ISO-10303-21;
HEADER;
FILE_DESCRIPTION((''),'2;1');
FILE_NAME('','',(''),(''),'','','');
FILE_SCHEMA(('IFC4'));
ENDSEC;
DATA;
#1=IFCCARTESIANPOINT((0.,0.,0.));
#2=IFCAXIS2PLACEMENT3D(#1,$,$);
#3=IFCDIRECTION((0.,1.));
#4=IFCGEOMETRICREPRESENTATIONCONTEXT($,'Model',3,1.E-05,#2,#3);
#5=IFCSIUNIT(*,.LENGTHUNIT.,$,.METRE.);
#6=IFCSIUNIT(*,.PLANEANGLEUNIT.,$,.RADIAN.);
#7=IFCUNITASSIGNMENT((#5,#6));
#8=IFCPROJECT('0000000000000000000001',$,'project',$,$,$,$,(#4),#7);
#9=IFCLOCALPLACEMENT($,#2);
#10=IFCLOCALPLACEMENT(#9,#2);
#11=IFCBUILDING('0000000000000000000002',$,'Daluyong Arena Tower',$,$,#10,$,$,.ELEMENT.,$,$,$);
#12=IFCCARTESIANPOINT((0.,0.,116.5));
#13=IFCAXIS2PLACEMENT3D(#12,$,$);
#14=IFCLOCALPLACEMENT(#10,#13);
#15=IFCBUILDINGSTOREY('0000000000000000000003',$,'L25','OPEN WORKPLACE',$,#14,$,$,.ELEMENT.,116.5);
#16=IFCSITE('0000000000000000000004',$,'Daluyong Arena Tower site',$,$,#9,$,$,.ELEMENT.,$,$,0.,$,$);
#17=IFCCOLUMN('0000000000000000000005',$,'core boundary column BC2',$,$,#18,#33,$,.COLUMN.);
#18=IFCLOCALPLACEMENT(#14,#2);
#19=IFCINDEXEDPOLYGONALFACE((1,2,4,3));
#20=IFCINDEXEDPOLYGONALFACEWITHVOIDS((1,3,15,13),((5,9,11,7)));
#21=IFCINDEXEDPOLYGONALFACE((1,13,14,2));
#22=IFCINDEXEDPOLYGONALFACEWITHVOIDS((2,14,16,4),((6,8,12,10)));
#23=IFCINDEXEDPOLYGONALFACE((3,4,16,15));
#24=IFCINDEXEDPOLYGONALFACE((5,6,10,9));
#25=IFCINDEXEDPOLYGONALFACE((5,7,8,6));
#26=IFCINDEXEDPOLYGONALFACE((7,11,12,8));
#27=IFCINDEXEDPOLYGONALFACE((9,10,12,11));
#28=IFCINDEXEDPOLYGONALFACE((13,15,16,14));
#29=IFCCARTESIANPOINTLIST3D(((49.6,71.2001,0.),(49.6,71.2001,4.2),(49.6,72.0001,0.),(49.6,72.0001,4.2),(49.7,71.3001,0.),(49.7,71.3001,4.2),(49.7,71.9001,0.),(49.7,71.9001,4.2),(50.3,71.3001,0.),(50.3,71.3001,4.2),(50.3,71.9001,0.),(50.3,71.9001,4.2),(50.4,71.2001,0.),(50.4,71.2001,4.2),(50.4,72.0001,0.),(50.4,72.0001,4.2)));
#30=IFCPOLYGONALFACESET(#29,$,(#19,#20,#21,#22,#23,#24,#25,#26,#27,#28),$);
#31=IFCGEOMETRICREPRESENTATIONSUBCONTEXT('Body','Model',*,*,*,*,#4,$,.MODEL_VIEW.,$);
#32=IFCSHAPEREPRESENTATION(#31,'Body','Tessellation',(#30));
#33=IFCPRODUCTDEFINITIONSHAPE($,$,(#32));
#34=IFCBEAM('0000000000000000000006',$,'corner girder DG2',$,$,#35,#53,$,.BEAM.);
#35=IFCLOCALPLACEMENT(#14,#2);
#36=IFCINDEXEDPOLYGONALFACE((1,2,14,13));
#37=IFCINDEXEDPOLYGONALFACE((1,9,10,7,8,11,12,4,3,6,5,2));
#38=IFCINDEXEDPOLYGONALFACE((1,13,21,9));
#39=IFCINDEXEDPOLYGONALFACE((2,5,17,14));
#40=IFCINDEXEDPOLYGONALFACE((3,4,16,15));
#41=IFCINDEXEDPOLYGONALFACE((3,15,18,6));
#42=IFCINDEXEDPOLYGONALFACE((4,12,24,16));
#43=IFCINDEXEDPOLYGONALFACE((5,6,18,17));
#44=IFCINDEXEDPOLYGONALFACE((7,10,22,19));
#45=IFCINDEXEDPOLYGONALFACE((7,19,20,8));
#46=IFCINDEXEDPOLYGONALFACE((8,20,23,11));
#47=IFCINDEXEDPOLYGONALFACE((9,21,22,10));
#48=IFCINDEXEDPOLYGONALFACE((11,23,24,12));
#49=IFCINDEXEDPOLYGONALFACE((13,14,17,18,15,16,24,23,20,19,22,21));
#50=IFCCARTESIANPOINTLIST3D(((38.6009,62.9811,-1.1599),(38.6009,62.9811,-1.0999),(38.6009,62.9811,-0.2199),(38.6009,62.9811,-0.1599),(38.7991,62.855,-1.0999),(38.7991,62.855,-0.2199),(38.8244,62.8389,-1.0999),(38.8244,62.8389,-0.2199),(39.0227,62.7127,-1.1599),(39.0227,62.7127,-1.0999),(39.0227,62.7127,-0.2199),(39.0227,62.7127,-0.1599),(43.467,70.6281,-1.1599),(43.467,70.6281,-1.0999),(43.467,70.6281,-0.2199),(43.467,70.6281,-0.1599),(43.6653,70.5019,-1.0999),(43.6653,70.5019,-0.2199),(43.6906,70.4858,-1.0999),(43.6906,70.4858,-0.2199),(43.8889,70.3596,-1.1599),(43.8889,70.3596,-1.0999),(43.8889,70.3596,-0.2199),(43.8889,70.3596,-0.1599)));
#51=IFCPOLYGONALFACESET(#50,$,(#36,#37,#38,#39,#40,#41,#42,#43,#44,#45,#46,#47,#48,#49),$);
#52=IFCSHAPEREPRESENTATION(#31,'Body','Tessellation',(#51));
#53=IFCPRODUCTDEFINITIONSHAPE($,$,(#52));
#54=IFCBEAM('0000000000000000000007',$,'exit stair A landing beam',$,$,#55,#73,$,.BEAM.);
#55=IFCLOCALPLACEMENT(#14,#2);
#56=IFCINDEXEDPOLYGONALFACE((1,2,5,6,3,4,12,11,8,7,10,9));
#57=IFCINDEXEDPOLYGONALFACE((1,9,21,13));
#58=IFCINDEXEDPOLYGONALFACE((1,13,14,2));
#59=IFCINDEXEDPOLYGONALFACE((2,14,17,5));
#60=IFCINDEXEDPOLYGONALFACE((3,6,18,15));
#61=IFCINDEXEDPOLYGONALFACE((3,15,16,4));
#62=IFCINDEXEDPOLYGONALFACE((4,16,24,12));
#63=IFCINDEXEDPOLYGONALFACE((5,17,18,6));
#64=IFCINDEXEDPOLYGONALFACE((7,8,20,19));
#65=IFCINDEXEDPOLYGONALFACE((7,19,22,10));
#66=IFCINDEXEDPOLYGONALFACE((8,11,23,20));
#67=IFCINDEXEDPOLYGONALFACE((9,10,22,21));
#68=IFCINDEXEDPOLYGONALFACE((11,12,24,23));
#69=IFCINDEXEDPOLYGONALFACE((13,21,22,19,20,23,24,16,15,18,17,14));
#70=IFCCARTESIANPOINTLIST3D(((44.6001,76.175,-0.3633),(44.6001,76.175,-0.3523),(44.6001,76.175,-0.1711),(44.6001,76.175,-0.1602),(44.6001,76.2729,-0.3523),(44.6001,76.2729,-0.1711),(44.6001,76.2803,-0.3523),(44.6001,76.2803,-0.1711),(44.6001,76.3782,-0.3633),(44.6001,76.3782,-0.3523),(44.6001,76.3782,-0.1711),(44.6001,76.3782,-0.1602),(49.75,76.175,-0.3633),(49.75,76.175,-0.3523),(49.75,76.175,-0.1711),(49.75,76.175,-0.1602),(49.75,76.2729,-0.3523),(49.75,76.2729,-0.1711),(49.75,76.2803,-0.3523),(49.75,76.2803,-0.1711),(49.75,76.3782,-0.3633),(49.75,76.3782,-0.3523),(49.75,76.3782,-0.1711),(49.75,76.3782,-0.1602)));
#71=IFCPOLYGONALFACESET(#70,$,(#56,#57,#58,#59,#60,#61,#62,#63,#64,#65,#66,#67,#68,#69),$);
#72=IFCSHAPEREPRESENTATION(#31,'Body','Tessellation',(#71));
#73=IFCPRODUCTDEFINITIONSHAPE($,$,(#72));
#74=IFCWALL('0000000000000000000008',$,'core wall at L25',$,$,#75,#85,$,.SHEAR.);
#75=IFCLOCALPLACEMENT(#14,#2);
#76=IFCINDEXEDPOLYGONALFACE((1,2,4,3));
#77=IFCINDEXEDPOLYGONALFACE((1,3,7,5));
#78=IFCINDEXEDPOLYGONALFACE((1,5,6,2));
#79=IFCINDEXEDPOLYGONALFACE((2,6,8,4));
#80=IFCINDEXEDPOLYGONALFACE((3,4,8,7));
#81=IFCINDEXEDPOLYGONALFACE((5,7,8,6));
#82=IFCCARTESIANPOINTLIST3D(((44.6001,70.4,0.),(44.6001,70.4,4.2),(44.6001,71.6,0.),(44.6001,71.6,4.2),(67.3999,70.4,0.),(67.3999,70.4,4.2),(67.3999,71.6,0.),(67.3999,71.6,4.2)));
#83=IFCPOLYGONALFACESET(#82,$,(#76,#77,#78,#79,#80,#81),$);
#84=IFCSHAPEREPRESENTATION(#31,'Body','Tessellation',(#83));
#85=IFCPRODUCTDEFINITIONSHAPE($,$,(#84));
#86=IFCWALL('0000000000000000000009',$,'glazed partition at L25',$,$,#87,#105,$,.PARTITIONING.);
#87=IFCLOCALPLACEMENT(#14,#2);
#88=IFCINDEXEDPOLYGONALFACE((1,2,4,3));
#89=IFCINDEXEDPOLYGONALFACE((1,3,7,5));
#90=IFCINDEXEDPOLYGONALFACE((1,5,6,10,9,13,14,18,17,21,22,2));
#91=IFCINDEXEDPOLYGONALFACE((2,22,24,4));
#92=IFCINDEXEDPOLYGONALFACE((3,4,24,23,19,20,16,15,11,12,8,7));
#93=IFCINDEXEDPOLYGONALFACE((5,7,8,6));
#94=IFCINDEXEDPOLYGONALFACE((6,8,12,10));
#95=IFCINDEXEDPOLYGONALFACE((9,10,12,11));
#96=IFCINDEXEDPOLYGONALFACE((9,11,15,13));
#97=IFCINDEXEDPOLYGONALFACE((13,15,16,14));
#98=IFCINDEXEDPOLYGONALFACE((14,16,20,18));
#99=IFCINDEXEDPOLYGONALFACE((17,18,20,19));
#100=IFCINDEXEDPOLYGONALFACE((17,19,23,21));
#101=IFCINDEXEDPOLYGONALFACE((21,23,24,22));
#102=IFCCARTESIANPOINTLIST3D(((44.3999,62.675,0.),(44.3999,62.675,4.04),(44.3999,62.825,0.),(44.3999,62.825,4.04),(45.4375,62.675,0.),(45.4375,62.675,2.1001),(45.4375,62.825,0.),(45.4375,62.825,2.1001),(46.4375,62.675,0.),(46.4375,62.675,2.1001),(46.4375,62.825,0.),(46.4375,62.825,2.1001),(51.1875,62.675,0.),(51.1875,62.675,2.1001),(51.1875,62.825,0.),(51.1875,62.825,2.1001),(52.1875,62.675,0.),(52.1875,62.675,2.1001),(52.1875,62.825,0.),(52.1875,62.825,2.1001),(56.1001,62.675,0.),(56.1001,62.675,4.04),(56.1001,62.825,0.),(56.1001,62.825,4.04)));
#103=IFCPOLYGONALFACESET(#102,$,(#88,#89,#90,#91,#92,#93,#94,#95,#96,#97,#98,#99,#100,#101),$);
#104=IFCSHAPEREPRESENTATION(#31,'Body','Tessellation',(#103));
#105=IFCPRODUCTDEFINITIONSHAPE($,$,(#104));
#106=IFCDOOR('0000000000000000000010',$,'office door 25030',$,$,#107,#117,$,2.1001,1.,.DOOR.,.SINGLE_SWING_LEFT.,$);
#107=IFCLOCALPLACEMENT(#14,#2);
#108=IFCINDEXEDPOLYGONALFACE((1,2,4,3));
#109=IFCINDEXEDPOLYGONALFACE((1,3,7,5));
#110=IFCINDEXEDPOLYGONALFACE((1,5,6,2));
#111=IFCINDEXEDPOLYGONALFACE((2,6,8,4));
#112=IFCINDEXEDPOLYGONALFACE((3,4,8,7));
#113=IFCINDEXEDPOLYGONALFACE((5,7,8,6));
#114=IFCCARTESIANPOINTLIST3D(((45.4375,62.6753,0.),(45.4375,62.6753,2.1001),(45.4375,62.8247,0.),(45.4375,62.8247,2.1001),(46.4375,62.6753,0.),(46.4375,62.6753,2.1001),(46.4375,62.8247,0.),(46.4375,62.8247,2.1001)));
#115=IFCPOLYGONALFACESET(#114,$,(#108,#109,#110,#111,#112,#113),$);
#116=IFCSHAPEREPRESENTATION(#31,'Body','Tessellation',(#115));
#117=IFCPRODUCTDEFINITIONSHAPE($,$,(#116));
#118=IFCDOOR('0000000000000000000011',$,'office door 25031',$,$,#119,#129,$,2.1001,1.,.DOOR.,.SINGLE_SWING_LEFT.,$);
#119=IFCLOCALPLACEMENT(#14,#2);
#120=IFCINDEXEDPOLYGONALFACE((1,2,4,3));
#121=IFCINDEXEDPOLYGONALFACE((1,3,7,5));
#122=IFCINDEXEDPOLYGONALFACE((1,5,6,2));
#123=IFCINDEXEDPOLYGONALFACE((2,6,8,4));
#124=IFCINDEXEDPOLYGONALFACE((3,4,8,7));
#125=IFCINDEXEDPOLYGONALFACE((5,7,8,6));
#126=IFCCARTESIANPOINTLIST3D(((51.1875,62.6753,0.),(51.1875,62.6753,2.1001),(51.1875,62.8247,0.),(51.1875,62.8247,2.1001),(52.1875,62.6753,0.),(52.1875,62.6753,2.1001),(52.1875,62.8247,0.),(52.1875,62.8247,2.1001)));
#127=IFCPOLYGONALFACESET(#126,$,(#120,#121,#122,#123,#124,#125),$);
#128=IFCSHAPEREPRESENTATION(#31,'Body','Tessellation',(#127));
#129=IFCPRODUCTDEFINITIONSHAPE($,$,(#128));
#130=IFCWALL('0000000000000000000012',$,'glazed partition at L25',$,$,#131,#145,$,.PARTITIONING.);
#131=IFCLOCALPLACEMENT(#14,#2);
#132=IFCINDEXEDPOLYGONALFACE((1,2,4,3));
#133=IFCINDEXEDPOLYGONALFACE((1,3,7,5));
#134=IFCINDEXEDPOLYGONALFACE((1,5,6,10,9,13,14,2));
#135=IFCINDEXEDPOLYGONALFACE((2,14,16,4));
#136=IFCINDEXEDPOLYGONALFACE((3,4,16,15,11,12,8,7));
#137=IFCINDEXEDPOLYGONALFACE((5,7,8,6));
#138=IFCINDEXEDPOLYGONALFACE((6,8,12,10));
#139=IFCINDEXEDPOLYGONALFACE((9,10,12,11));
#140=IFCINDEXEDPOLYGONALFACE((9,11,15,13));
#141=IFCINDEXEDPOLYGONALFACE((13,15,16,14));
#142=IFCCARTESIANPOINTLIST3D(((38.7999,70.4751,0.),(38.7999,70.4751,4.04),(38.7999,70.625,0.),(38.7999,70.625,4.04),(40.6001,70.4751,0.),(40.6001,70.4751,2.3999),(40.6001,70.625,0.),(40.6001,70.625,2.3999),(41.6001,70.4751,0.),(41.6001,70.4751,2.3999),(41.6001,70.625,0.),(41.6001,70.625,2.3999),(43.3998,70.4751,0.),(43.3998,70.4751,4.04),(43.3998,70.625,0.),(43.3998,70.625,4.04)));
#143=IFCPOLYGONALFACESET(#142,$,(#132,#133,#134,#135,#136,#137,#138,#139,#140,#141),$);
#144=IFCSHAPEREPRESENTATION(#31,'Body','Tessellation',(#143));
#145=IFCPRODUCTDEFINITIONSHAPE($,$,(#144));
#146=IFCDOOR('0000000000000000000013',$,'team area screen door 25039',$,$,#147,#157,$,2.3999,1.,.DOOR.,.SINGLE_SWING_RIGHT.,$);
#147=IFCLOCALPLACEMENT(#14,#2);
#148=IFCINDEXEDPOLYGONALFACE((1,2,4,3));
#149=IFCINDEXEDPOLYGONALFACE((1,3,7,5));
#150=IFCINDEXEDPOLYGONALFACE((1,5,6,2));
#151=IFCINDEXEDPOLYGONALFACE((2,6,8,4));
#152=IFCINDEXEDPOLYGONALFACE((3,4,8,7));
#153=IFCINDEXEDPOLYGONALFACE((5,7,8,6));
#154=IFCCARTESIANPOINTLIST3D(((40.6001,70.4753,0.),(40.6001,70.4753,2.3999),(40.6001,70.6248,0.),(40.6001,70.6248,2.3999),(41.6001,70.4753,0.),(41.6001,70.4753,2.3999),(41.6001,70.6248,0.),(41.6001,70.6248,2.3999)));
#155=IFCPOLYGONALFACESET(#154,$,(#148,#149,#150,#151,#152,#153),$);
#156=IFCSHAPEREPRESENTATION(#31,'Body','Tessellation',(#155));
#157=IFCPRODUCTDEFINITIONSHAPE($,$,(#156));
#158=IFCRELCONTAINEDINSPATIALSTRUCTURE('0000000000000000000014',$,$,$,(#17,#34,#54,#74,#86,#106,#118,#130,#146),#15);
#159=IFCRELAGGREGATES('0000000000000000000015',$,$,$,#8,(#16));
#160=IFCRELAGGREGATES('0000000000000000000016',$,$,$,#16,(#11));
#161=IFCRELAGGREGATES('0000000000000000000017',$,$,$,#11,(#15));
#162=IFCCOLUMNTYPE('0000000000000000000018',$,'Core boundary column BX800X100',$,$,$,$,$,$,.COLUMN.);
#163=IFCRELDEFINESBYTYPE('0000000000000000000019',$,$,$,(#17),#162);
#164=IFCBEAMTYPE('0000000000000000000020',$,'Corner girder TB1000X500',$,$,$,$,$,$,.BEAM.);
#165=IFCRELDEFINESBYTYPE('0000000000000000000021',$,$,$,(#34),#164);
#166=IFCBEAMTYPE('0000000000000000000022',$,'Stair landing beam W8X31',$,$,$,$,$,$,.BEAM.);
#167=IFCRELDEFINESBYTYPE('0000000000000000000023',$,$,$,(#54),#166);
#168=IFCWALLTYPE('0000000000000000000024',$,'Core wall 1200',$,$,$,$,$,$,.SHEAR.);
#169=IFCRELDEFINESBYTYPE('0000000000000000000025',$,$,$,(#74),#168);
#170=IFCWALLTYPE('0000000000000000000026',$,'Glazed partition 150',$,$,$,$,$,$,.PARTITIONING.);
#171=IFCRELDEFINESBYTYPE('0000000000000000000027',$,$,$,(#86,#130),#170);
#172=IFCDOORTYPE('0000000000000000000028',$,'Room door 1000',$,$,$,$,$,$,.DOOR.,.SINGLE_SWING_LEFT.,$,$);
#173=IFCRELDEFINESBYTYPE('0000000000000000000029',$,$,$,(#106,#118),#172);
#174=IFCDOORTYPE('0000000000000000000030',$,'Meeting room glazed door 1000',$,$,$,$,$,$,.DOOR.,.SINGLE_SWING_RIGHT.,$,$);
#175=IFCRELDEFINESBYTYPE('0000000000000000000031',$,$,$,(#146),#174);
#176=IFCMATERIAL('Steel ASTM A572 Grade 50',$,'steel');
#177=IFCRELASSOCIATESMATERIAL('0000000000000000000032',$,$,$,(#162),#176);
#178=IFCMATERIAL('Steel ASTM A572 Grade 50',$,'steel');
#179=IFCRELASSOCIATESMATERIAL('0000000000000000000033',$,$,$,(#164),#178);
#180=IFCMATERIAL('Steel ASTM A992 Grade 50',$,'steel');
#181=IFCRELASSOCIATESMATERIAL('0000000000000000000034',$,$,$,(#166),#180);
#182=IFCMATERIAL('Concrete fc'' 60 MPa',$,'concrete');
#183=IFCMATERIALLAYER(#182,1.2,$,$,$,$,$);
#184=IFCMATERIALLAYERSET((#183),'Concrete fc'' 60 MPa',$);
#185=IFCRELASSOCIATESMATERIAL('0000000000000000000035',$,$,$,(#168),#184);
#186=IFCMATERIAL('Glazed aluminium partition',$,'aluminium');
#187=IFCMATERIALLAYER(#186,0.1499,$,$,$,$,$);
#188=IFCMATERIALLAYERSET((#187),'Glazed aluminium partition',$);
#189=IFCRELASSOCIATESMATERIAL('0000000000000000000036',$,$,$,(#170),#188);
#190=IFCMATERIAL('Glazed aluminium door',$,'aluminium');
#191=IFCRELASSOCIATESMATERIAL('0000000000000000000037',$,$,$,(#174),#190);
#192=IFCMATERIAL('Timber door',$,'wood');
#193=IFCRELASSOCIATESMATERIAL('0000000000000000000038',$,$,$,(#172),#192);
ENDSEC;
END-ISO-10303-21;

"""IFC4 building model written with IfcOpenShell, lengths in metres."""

from ifc_helpers import new_model, si_unit, direction, frame, frame_2d, origin, origin_2d, place, context, subcontext, project, spatial, rectangle, hollow_rectangle, i_section, extrude, material, layer, layer_set, material_profile, profile_set, type_object, element, fill, save


model = new_model("IFC4")

# Units and contexts
model_context = context("Model", 3, precision=1e-05, world=origin(), true_north=direction((0.0, 1.0)))
body_context = subcontext(model_context, "Body", "Model", "MODEL_VIEW")
ifc_project = project(units=[si_unit("LENGTHUNIT", "METRE"), si_unit("PLANEANGLEUNIT", "RADIAN")], contexts=[model_context])

# Site, building, storey
site_placement = place(None, origin())
site = spatial("IfcSite", under=ifc_project, at=site_placement, Name="Daluyong Arena Tower site", CompositionType="ELEMENT", RefElevation=0.0)
building_placement = place(site_placement, origin())
building = spatial("IfcBuilding", under=site, at=building_placement, Name="Daluyong Arena Tower", CompositionType="ELEMENT")
storey_placement = place(building_placement, frame((0.0, 0.0, 116.5)))
storey = spatial("IfcBuildingStorey", under=building, at=storey_placement, Name="L25", Description="OPEN WORKPLACE", CompositionType="ELEMENT", Elevation=116.5)

# Column
ifc_material_1 = material(Name="Steel ASTM A572 Grade 50", Category="steel")
ifc_material_profile_1 = material_profile(ifc_material_1, hollow_rectangle(XDim=0.8, YDim=0.8, WallThickness=0.1, at=origin_2d()))
ifc_profile_set_1 = profile_set([ifc_material_profile_1], Name="Steel ASTM A572 Grade 50")
column_type = type_object("IfcColumnType", Name="Core boundary column BX800X100", PredefinedType="COLUMN", material=ifc_profile_set_1)
column_placement = place(storey_placement, frame((50.0, 71.6001, 0.0), z_axis=(0.0, 0.0, 1.0), x_axis=(1.0, 0.0, 0.0)))
element("IfcColumn", 1, at=column_placement, inside=storey, type_object=column_type, Name="core boundary column BC2", PredefinedType="COLUMN", context=body_context, shape_type="SweptSolid", body=[
    extrude(hollow_rectangle(XDim=0.8, YDim=0.8, WallThickness=0.1, at=origin_2d()), origin(), (0.0, 0.0, 1.0), 4.2),
])

# Beams
ifc_material_2 = material(Name="Steel ASTM A572 Grade 50", Category="steel")
ifc_material_profile_2 = material_profile(ifc_material_2, i_section(OverallWidth=0.5, OverallDepth=1.0, WebThickness=0.03, FlangeThickness=0.06, at=origin_2d()))
ifc_profile_set_2 = profile_set([ifc_material_profile_2], Name="Steel ASTM A572 Grade 50")
beam_type_1 = type_object("IfcBeamType", Name="Corner girder TB1000X500", PredefinedType="BEAM", material=ifc_profile_set_2)
beam_1_placement = place(storey_placement, frame((38.8118, 62.8469, -0.6599), z_axis=(0.536872, 0.843664, 0.0), x_axis=(-0.843664, 0.536872, 0.0)))
element("IfcBeam", 2, at=beam_1_placement, inside=storey, type_object=beam_type_1, Name="corner girder DG2", PredefinedType="BEAM", context=body_context, shape_type="SweptSolid", body=[
    extrude(i_section(OverallWidth=0.5, OverallDepth=1.0, WebThickness=0.03, FlangeThickness=0.06, at=origin_2d()), origin(), (0.0, 0.0, 1.0), 9.064),
])
ifc_material_3 = material(Name="Steel ASTM A992 Grade 50", Category="steel")
ifc_material_profile_3 = material_profile(ifc_material_3, i_section(OverallWidth=0.2031, OverallDepth=0.2031, WebThickness=0.0073, FlangeThickness=0.011, at=origin_2d()))
ifc_profile_set_3 = profile_set([ifc_material_profile_3], Name="Steel ASTM A992 Grade 50")
beam_type_2 = type_object("IfcBeamType", Name="Stair landing beam W8X31", PredefinedType="BEAM", material=ifc_profile_set_3)
beam_2_placement = place(storey_placement, frame((44.6001, 76.2766, -0.2617), z_axis=(1.0, 0.0, 0.0), x_axis=(0.0, 1.0, 0.0)))
element("IfcBeam", 3, at=beam_2_placement, inside=storey, type_object=beam_type_2, Name="exit stair A landing beam", PredefinedType="BEAM", context=body_context, shape_type="SweptSolid", body=[
    extrude(i_section(OverallWidth=0.2031, OverallDepth=0.2031, WebThickness=0.0073, FlangeThickness=0.011, at=origin_2d()), origin(), (0.0, 0.0, 1.0), 5.1499),
])

# Shared definitions
ifc_material_4 = material(Name="Concrete fc' 60 MPa", Category="concrete")
ifc_layer_1 = layer(ifc_material_4, 1.2)
ifc_layer_set_1 = layer_set([ifc_layer_1], Name="Concrete fc' 60 MPa")
wall_type_1 = type_object("IfcWallType", Name="Core wall 1200", PredefinedType="SHEAR", material=ifc_layer_set_1)

# Wall
wall_1_placement = place(storey_placement, frame((44.6001, 71.0, 0.0), z_axis=(0.0, 0.0, 1.0), x_axis=(1.0, 0.0, 0.0)))
element("IfcWall", 4, at=wall_1_placement, inside=storey, type_object=wall_type_1, Name="core wall at L25", PredefinedType="SHEAR", context=body_context, shape_type="SweptSolid", body=[
    extrude(rectangle(XDim=22.7998, YDim=1.2, at=frame_2d((11.3999, 0.0))), origin(), (0.0, 0.0, 1.0), 4.2),
])

# Shared definitions
ifc_material_5 = material(Name="Glazed aluminium partition", Category="aluminium")
ifc_layer_2 = layer(ifc_material_5, 0.1499)
ifc_layer_set_2 = layer_set([ifc_layer_2], Name="Glazed aluminium partition")
wall_type_2 = type_object("IfcWallType", Name="Glazed partition 150", PredefinedType="PARTITIONING", material=ifc_layer_set_2)
ifc_material_6 = material(Name="Glazed aluminium door", Category="aluminium")
door_type_1 = type_object("IfcDoorType", Name="Meeting room glazed door 1000", OperationType="SINGLE_SWING_RIGHT", PredefinedType="DOOR", material=ifc_material_6)

# Wall, openings, doors
wall_2_placement = place(storey_placement, frame((44.3999, 62.75, 0.0), z_axis=(0.0, 0.0, 1.0), x_axis=(1.0, 0.0, 0.0)))
wall_2 = element("IfcWall", 5, at=wall_2_placement, inside=storey, type_object=wall_type_2, Name="glazed partition at L25", PredefinedType="PARTITIONING", context=body_context, shape_type="SweptSolid", body=[
    extrude(rectangle(XDim=11.7002, YDim=0.1499, at=frame_2d((5.8501, 0.0))), origin(), (0.0, 0.0, 1.0), 4.04),
])
opening_1_placement = place(wall_2_placement, frame((1.0376, 0.0, 0.0)))
opening_1 = element("IfcOpeningElement", 6, at=opening_1_placement, cuts=wall_2, PredefinedType="OPENING", context=body_context, shape_type="SweptSolid", body=[
    extrude(rectangle(XDim=1.0, YDim=2.1001, at=frame_2d((0.5, 1.05))), frame((0.0, 0.085, 0.0), z_axis=(0.0, -1.0, 0.0), x_axis=(1.0, 0.0, 0.0)), (0.0, 0.0, 1.0), 0.1699),
])
opening_2_placement = place(wall_2_placement, frame((6.7876, 0.0, 0.0)))
opening_2 = element("IfcOpeningElement", 7, at=opening_2_placement, cuts=wall_2, PredefinedType="OPENING", context=body_context, shape_type="SweptSolid", body=[
    extrude(rectangle(XDim=1.0, YDim=2.1001, at=frame_2d((0.5, 1.05))), frame((0.0, 0.085, 0.0), z_axis=(0.0, -1.0, 0.0), x_axis=(1.0, 0.0, 0.0)), (0.0, 0.0, 1.0), 0.1699),
])
ifc_material_7 = material(Name="Timber door", Category="wood")
door_type_2 = type_object("IfcDoorType", Name="Room door 1000", OperationType="SINGLE_SWING_LEFT", PredefinedType="DOOR", material=ifc_material_7)
door_1_placement = place(opening_1_placement, origin())
door_1 = element("IfcDoor", 8, at=door_1_placement, inside=storey, type_object=door_type_2, Name="office door 25030", OperationType="SINGLE_SWING_LEFT", OverallHeight=2.1001, OverallWidth=1.0, PredefinedType="DOOR", context=body_context, shape_type="SweptSolid", body=[
    extrude(rectangle(XDim=1.0, YDim=2.1001, at=frame_2d((0.5, 1.05))), frame((0.0, 0.0747, 0.0), z_axis=(0.0, -1.0, 0.0), x_axis=(1.0, 0.0, 0.0)), (0.0, 0.0, 1.0), 0.1494),
])
fill(opening_1, door_1)
door_2_placement = place(opening_2_placement, origin())
door_2 = element("IfcDoor", 9, at=door_2_placement, inside=storey, type_object=door_type_2, Name="office door 25031", OperationType="SINGLE_SWING_LEFT", OverallHeight=2.1001, OverallWidth=1.0, PredefinedType="DOOR", context=body_context, shape_type="SweptSolid", body=[
    extrude(rectangle(XDim=1.0, YDim=2.1001, at=frame_2d((0.5, 1.05))), frame((0.0, 0.0747, 0.0), z_axis=(0.0, -1.0, 0.0), x_axis=(1.0, 0.0, 0.0)), (0.0, 0.0, 1.0), 0.1494),
])
fill(opening_2, door_2)

# Wall, opening, door
wall_3_placement = place(storey_placement, frame((38.8, 70.55, 0.0), z_axis=(0.0, 0.0, 1.0), x_axis=(1.0, 0.0, 0.0)))
wall_3 = element("IfcWall", 10, at=wall_3_placement, inside=storey, type_object=wall_type_2, Name="glazed partition at L25", PredefinedType="PARTITIONING", context=body_context, shape_type="SweptSolid", body=[
    extrude(rectangle(XDim=4.5999, YDim=0.1499, at=frame_2d((2.2998, 0.0))), origin(), (0.0, 0.0, 1.0), 4.04),
])
opening_3_placement = place(wall_3_placement, frame((1.8, 0.0, 0.0)))
opening_3 = element("IfcOpeningElement", 11, at=opening_3_placement, cuts=wall_3, PredefinedType="OPENING", context=body_context, shape_type="SweptSolid", body=[
    extrude(rectangle(XDim=1.0, YDim=2.3999, at=frame_2d((0.5, 1.2))), frame((0.0, 0.085, 0.0), z_axis=(0.0, -1.0, 0.0), x_axis=(1.0, 0.0, 0.0)), (0.0, 0.0, 1.0), 0.1699),
])
door_3_placement = place(opening_3_placement, origin())
door_3 = element("IfcDoor", 12, at=door_3_placement, inside=storey, type_object=door_type_1, Name="team area screen door 25039", OperationType="SINGLE_SWING_RIGHT", OverallHeight=2.3999, OverallWidth=1.0, PredefinedType="DOOR", context=body_context, shape_type="SweptSolid", body=[
    extrude(rectangle(XDim=1.0, YDim=2.3999, at=frame_2d((0.5, 1.2))), frame((0.0, 0.0747, 0.0), z_axis=(0.0, -1.0, 0.0), x_axis=(1.0, 0.0, 0.0)), (0.0, 0.0, 1.0), 0.1494),
])
fill(opening_3, door_3)

save(model, "model.ifc")
